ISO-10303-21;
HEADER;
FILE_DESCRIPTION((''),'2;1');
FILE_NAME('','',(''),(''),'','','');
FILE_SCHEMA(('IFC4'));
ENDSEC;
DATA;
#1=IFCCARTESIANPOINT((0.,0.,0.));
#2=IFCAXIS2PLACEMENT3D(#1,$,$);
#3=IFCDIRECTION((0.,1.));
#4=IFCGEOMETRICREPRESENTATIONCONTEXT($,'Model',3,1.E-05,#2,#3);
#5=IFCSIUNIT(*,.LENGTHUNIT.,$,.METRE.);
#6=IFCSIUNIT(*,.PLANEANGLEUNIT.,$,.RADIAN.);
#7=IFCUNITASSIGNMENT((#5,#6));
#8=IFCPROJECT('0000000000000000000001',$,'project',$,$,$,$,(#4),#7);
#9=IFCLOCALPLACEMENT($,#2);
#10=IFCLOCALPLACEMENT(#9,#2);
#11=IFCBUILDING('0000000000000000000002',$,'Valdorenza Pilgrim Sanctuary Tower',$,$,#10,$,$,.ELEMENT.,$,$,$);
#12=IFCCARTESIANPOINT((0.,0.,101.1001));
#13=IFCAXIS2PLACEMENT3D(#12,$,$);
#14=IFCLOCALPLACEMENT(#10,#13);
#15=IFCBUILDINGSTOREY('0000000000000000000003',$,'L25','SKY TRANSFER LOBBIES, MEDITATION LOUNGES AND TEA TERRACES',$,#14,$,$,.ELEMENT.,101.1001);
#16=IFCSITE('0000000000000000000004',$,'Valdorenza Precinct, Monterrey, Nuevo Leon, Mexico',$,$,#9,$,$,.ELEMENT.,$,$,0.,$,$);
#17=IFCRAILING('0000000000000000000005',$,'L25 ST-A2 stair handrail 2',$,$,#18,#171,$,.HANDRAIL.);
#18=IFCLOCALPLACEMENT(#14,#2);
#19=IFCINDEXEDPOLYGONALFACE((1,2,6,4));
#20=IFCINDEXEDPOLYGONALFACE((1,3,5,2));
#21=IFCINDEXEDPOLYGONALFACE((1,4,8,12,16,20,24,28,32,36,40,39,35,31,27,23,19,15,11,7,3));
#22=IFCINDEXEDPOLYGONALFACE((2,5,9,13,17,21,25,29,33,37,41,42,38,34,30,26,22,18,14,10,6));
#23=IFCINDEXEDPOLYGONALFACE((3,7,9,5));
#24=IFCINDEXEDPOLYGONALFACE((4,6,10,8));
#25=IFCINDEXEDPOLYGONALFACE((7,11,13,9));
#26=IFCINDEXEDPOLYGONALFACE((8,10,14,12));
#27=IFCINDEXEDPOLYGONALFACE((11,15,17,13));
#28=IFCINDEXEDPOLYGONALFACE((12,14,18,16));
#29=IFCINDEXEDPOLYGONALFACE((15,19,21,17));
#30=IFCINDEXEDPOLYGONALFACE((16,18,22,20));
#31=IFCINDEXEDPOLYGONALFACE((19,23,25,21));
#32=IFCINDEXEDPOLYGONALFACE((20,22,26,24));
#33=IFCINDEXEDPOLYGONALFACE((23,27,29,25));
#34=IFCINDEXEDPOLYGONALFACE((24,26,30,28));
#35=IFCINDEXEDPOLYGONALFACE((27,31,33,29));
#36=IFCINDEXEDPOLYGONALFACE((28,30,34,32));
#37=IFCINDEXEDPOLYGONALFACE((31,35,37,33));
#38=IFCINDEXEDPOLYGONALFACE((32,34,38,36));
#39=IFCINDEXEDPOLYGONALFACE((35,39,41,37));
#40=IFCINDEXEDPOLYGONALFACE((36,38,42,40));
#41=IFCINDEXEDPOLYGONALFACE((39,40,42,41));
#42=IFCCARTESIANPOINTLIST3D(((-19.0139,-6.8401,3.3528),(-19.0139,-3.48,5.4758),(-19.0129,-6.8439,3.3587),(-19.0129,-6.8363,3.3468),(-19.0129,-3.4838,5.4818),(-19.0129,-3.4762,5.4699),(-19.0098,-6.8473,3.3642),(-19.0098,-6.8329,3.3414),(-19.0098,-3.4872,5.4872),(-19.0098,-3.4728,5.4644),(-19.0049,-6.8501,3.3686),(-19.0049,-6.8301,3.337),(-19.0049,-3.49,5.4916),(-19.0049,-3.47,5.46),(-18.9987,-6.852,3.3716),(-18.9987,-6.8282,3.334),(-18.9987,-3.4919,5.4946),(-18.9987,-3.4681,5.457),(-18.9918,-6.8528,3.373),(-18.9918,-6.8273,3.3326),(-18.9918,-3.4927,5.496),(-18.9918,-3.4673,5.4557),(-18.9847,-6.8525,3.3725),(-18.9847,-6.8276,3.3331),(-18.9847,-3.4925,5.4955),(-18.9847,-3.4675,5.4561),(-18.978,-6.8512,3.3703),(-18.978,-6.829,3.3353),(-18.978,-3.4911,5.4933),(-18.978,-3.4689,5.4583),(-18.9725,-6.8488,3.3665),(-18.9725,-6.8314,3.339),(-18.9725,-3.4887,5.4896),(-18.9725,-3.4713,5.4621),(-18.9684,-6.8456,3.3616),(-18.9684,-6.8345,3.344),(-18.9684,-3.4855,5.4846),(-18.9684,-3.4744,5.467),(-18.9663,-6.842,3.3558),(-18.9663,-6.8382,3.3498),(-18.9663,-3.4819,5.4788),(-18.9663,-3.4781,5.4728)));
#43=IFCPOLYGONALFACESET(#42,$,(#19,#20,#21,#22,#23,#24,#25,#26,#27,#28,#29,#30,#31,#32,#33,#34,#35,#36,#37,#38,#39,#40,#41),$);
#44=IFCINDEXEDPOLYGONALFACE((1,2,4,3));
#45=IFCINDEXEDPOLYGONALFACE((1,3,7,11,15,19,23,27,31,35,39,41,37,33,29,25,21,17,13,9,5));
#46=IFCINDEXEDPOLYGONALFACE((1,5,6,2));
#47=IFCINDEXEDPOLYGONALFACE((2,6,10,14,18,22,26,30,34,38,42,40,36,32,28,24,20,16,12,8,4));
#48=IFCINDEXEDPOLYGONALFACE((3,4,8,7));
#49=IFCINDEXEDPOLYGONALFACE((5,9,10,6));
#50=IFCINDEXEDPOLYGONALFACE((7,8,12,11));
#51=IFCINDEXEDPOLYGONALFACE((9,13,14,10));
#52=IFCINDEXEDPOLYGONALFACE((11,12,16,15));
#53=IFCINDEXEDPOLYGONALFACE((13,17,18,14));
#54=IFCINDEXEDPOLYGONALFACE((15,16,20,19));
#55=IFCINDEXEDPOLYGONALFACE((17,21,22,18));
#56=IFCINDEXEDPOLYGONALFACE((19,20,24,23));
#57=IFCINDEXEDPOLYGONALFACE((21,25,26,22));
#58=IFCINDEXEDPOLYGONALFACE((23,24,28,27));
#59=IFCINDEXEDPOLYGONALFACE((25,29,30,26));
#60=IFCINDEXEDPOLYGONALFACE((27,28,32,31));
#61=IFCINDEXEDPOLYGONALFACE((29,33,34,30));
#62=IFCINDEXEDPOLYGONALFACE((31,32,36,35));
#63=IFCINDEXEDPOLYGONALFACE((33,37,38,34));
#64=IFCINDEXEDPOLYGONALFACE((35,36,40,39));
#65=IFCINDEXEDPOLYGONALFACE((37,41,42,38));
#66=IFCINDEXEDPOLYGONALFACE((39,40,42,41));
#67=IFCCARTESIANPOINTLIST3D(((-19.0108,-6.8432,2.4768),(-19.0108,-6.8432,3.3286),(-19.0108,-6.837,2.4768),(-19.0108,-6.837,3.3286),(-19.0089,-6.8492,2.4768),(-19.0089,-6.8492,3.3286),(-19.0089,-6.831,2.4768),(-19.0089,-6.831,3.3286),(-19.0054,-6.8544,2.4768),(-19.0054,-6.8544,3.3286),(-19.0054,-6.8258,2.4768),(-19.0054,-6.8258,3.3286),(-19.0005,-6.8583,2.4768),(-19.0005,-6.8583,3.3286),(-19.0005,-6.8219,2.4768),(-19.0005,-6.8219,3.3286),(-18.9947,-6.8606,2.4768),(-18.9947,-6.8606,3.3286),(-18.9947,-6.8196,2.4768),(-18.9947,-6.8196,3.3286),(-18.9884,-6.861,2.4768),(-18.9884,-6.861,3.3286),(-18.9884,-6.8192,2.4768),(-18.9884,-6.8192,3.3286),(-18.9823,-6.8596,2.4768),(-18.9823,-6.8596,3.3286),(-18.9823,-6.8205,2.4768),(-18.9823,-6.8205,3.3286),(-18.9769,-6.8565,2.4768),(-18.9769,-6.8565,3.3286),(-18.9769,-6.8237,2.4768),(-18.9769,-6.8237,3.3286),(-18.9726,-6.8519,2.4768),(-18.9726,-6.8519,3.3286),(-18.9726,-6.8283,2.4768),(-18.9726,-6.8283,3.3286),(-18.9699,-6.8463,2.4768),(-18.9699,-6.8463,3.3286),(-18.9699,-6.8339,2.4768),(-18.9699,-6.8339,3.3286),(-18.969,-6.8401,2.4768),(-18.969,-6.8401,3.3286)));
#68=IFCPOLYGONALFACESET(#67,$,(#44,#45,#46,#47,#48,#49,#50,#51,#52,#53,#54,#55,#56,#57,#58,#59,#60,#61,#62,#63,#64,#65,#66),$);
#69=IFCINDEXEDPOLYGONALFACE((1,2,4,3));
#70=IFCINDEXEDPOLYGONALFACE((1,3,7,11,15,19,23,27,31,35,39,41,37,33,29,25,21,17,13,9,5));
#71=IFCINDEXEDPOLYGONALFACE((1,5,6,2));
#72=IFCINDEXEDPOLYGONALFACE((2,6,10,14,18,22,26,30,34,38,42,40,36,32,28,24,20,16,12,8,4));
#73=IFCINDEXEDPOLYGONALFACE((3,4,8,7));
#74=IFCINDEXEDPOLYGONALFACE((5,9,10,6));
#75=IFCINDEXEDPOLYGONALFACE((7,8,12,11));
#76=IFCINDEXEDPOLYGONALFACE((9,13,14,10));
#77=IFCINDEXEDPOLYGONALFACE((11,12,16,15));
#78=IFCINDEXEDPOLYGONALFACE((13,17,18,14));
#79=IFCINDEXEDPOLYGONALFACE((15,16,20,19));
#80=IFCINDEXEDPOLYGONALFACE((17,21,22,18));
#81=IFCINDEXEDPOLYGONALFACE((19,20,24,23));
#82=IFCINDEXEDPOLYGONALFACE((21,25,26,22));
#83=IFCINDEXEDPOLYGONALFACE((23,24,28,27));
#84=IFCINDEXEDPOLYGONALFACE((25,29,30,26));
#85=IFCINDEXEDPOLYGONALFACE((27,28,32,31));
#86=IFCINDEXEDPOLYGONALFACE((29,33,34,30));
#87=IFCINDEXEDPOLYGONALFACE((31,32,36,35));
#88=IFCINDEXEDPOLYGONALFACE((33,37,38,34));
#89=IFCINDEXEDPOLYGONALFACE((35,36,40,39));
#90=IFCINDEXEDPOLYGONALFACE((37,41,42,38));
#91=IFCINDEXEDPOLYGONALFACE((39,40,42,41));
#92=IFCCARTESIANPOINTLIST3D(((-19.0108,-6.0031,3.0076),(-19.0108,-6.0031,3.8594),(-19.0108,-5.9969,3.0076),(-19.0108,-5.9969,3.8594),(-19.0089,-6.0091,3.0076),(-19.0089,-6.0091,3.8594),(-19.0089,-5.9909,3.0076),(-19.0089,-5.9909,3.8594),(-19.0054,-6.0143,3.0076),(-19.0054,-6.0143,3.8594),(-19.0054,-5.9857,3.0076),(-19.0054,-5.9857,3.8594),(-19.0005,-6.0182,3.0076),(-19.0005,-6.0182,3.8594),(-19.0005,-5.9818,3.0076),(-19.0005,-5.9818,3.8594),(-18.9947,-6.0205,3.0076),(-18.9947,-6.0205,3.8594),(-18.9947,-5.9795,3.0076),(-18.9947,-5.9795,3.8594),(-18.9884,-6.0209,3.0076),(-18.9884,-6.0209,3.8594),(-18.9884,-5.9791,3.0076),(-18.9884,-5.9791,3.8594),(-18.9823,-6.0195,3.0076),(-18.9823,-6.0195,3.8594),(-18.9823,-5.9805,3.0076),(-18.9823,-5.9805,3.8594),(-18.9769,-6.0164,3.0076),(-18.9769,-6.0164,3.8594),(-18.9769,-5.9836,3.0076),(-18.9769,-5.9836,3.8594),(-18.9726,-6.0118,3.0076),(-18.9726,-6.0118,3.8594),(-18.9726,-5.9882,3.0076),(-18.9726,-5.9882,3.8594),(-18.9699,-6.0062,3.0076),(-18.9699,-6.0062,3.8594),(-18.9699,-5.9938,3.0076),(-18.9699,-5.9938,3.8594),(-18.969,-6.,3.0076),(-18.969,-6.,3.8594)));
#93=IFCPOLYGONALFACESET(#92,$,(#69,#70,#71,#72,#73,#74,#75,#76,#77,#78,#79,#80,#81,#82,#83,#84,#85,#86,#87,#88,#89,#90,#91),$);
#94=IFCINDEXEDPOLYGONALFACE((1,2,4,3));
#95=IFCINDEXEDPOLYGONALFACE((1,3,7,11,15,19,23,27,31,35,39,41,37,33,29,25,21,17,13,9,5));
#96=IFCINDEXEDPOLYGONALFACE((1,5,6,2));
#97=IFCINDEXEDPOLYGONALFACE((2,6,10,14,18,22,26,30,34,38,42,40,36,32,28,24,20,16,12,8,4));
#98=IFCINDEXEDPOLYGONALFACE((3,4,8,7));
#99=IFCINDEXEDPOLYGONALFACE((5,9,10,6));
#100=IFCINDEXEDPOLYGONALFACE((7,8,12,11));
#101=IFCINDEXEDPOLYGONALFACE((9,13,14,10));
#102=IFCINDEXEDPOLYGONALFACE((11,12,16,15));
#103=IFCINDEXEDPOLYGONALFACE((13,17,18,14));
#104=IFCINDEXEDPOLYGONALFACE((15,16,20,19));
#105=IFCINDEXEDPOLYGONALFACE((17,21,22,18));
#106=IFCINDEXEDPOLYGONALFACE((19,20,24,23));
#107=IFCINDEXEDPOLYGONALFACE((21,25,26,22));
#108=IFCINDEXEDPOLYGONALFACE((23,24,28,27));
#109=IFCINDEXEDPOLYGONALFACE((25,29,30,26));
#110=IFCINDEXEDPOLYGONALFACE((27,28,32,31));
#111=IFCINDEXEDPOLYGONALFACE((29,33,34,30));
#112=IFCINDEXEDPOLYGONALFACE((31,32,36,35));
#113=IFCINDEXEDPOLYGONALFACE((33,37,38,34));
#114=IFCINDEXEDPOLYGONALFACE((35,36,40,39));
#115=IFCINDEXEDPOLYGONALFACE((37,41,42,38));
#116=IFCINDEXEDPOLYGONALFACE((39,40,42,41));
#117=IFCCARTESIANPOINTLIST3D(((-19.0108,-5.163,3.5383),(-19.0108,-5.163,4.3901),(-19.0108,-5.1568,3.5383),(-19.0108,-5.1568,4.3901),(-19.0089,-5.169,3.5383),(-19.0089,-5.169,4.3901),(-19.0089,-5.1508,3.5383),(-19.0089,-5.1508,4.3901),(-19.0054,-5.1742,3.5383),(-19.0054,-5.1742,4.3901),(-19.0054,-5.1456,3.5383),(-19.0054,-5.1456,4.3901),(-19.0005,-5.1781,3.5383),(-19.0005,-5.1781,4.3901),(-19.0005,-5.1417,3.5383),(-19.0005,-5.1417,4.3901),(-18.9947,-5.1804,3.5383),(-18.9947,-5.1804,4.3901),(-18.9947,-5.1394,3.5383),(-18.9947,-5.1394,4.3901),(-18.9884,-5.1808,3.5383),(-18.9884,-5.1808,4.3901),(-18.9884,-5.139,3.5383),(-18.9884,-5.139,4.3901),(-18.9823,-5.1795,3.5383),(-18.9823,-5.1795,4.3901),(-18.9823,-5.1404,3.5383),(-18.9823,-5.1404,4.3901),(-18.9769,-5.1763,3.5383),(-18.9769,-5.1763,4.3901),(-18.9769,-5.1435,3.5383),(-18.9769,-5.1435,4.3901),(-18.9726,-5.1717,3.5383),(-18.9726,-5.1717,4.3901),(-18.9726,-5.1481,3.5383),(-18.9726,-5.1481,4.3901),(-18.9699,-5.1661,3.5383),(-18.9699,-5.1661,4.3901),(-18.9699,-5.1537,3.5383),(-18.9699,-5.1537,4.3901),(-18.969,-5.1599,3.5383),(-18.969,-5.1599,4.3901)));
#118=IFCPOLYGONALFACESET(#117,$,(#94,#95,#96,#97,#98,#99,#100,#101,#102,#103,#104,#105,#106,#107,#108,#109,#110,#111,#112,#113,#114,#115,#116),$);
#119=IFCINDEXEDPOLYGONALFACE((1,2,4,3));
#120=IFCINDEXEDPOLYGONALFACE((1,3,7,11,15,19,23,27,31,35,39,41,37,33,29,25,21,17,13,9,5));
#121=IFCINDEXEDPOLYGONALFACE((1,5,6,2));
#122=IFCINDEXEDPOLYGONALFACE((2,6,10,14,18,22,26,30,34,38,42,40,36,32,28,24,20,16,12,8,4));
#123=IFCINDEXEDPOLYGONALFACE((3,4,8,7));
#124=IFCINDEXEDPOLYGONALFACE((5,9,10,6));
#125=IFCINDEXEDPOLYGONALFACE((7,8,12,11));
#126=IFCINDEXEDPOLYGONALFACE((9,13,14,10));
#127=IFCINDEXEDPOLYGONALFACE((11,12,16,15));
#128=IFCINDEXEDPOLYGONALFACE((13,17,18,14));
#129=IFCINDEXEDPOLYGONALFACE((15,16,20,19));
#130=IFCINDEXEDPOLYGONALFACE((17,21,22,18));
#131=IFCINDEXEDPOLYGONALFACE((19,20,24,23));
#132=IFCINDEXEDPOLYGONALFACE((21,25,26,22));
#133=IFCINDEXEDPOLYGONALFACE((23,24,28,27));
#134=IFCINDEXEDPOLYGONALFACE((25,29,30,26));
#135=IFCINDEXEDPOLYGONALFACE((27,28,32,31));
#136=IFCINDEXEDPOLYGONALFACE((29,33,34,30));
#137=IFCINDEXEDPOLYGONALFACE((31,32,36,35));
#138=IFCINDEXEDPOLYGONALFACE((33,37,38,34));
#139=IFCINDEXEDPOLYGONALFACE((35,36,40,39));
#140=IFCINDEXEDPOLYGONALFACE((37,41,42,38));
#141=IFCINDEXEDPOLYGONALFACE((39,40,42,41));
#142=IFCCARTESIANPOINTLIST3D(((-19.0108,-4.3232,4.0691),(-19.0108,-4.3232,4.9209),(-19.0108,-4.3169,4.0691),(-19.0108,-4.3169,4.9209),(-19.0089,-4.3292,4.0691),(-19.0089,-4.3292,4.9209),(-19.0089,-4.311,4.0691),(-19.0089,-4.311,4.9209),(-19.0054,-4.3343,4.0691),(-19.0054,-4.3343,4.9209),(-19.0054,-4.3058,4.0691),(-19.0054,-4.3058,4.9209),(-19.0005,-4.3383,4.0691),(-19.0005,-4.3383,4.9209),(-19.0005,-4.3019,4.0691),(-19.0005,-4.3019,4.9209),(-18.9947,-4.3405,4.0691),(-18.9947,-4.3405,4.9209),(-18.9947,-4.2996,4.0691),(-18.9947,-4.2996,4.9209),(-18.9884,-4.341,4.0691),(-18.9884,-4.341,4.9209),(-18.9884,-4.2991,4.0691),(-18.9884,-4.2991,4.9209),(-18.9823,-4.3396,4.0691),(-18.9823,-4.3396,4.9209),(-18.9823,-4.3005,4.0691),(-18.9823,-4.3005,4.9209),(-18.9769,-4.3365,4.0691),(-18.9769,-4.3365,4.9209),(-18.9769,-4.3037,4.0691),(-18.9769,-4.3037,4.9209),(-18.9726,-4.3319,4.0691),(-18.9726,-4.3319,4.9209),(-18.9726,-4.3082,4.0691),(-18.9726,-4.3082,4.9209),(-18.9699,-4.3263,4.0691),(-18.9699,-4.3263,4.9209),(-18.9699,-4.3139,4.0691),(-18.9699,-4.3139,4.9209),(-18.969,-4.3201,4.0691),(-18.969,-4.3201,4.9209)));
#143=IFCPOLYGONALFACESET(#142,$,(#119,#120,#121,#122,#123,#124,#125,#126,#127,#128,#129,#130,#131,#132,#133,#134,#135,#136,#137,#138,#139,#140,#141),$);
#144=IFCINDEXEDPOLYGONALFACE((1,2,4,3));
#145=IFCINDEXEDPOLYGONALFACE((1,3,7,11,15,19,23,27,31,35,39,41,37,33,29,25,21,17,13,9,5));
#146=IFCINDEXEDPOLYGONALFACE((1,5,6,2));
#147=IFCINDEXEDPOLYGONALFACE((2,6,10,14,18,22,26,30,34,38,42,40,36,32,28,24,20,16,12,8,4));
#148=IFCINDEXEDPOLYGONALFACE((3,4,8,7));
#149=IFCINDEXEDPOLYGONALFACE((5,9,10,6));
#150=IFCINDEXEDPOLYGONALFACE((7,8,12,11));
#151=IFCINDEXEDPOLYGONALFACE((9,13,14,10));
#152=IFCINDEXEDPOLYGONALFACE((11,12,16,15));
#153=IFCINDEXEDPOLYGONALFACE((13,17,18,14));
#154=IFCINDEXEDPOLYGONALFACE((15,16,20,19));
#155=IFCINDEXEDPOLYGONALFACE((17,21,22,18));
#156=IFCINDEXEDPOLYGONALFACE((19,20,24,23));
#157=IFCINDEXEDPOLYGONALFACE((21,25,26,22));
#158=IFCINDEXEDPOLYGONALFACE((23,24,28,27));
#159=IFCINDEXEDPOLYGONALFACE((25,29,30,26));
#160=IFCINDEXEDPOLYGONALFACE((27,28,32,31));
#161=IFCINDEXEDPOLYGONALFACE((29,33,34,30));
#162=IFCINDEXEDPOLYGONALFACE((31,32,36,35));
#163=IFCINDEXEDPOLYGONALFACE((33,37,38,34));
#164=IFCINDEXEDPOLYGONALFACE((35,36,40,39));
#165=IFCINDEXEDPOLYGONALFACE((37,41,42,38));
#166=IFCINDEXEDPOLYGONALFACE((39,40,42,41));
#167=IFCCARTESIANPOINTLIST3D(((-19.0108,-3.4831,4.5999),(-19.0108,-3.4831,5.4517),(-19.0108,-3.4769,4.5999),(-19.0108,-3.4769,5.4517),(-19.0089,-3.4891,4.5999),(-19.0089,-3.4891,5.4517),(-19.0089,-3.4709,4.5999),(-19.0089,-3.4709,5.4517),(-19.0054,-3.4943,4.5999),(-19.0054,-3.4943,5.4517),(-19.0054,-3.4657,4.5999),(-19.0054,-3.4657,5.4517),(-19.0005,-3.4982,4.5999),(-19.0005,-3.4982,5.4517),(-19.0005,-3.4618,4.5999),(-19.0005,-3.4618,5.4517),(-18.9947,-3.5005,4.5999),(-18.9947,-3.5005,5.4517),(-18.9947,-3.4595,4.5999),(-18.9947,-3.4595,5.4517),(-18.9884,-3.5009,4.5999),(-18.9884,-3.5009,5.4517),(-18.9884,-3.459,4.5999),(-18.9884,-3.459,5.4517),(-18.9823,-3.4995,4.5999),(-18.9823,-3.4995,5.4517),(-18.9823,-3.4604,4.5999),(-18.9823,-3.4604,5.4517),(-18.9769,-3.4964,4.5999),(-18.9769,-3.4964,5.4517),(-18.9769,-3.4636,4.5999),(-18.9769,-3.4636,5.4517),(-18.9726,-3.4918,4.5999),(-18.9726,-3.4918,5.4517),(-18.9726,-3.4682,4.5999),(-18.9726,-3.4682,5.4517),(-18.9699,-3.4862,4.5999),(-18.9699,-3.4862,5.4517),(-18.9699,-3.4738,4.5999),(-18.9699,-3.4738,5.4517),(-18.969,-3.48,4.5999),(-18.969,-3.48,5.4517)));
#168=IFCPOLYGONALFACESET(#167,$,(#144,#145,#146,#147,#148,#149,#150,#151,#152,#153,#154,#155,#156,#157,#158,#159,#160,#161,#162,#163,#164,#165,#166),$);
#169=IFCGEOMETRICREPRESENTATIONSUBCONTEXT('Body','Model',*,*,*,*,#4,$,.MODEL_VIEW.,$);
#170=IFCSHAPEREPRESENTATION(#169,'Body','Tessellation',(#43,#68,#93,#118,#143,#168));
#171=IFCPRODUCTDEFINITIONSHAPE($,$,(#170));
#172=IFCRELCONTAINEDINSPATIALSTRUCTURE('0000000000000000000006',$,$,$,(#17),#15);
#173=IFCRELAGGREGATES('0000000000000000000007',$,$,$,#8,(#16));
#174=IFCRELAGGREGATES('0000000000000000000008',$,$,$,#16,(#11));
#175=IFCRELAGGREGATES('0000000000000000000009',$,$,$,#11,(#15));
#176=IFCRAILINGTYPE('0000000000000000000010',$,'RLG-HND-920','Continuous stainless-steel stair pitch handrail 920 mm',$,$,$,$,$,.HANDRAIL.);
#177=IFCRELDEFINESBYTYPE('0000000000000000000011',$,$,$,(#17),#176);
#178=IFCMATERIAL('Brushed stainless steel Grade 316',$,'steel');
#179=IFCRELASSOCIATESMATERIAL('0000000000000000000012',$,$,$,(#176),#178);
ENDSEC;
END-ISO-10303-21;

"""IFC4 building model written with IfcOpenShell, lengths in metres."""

from ifc_helpers import new_model, si_unit, direction, frame, origin, origin_2d, place, context, subcontext, project, spatial, circle, extrude, material, type_object, element, save


model = new_model("IFC4")

# Units and contexts
model_context = context("Model", 3, precision=1e-05, world=origin(), true_north=direction((0.0, 1.0)))
body_context = subcontext(model_context, "Body", "Model", "MODEL_VIEW")
ifc_project = project(units=[si_unit("LENGTHUNIT", "METRE"), si_unit("PLANEANGLEUNIT", "RADIAN")], contexts=[model_context])

# Site, building, storey
site_placement = place(None, origin())
site = spatial("IfcSite", under=ifc_project, at=site_placement, Name="Valdorenza Precinct, Monterrey, Nuevo Leon, Mexico", CompositionType="ELEMENT", RefElevation=0.0)
building_placement = place(site_placement, origin())
building = spatial("IfcBuilding", under=site, at=building_placement, Name="Valdorenza Pilgrim Sanctuary Tower", CompositionType="ELEMENT")
storey_placement = place(building_placement, frame((0.0, 0.0, 101.1001)))
storey = spatial("IfcBuildingStorey", under=building, at=storey_placement, Name="L25", Description="SKY TRANSFER LOBBIES, MEDITATION LOUNGES AND TEA TERRACES", CompositionType="ELEMENT", Elevation=101.1001)

# Shared definitions
ifc_material_1 = material(Name="Brushed stainless steel Grade 316", Category="steel")

# Railing
railing_type_1 = type_object("IfcRailingType", Name="RLG-HND-920", Description="Continuous stainless-steel stair pitch handrail 920 mm", PredefinedType="HANDRAIL", material=ifc_material_1)
railing_1_placement = place(storey_placement, frame((-18.99, -6.8401, 2.4768)))
element("IfcRailing", 1, at=railing_1_placement, inside=storey, type_object=railing_type_1, Name="L25 ST-A2 stair handrail 2", PredefinedType="HANDRAIL", context=body_context, shape_type="SweptSolid", body=[
    extrude(circle(Radius=0.0239, at=origin_2d()), frame((0.0, 0.0, 0.876), z_axis=(0.0, 0.84539, 0.53415), x_axis=(-1.0, 0.0, 0.0)), (0.0, 0.0, 1.0), 3.9746),
    extrude(circle(Radius=0.021, at=origin_2d()), origin(), (0.0, 0.0, 1.0), 0.8518),
    extrude(circle(Radius=0.021, at=origin_2d()), frame((0.0, 0.8401, 0.5308)), (0.0, 0.0, 1.0), 0.8518),
    extrude(circle(Radius=0.021, at=origin_2d()), frame((0.0, 1.6802, 1.0615)), (0.0, 0.0, 1.0), 0.8518),
    extrude(circle(Radius=0.021, at=origin_2d()), frame((0.0, 2.52, 1.5923)), (0.0, 0.0, 1.0), 0.8518),
    extrude(circle(Radius=0.021, at=origin_2d()), frame((0.0, 3.3601, 2.123)), (0.0, 0.0, 1.0), 0.8518),
])

save(model, "model.ifc")
